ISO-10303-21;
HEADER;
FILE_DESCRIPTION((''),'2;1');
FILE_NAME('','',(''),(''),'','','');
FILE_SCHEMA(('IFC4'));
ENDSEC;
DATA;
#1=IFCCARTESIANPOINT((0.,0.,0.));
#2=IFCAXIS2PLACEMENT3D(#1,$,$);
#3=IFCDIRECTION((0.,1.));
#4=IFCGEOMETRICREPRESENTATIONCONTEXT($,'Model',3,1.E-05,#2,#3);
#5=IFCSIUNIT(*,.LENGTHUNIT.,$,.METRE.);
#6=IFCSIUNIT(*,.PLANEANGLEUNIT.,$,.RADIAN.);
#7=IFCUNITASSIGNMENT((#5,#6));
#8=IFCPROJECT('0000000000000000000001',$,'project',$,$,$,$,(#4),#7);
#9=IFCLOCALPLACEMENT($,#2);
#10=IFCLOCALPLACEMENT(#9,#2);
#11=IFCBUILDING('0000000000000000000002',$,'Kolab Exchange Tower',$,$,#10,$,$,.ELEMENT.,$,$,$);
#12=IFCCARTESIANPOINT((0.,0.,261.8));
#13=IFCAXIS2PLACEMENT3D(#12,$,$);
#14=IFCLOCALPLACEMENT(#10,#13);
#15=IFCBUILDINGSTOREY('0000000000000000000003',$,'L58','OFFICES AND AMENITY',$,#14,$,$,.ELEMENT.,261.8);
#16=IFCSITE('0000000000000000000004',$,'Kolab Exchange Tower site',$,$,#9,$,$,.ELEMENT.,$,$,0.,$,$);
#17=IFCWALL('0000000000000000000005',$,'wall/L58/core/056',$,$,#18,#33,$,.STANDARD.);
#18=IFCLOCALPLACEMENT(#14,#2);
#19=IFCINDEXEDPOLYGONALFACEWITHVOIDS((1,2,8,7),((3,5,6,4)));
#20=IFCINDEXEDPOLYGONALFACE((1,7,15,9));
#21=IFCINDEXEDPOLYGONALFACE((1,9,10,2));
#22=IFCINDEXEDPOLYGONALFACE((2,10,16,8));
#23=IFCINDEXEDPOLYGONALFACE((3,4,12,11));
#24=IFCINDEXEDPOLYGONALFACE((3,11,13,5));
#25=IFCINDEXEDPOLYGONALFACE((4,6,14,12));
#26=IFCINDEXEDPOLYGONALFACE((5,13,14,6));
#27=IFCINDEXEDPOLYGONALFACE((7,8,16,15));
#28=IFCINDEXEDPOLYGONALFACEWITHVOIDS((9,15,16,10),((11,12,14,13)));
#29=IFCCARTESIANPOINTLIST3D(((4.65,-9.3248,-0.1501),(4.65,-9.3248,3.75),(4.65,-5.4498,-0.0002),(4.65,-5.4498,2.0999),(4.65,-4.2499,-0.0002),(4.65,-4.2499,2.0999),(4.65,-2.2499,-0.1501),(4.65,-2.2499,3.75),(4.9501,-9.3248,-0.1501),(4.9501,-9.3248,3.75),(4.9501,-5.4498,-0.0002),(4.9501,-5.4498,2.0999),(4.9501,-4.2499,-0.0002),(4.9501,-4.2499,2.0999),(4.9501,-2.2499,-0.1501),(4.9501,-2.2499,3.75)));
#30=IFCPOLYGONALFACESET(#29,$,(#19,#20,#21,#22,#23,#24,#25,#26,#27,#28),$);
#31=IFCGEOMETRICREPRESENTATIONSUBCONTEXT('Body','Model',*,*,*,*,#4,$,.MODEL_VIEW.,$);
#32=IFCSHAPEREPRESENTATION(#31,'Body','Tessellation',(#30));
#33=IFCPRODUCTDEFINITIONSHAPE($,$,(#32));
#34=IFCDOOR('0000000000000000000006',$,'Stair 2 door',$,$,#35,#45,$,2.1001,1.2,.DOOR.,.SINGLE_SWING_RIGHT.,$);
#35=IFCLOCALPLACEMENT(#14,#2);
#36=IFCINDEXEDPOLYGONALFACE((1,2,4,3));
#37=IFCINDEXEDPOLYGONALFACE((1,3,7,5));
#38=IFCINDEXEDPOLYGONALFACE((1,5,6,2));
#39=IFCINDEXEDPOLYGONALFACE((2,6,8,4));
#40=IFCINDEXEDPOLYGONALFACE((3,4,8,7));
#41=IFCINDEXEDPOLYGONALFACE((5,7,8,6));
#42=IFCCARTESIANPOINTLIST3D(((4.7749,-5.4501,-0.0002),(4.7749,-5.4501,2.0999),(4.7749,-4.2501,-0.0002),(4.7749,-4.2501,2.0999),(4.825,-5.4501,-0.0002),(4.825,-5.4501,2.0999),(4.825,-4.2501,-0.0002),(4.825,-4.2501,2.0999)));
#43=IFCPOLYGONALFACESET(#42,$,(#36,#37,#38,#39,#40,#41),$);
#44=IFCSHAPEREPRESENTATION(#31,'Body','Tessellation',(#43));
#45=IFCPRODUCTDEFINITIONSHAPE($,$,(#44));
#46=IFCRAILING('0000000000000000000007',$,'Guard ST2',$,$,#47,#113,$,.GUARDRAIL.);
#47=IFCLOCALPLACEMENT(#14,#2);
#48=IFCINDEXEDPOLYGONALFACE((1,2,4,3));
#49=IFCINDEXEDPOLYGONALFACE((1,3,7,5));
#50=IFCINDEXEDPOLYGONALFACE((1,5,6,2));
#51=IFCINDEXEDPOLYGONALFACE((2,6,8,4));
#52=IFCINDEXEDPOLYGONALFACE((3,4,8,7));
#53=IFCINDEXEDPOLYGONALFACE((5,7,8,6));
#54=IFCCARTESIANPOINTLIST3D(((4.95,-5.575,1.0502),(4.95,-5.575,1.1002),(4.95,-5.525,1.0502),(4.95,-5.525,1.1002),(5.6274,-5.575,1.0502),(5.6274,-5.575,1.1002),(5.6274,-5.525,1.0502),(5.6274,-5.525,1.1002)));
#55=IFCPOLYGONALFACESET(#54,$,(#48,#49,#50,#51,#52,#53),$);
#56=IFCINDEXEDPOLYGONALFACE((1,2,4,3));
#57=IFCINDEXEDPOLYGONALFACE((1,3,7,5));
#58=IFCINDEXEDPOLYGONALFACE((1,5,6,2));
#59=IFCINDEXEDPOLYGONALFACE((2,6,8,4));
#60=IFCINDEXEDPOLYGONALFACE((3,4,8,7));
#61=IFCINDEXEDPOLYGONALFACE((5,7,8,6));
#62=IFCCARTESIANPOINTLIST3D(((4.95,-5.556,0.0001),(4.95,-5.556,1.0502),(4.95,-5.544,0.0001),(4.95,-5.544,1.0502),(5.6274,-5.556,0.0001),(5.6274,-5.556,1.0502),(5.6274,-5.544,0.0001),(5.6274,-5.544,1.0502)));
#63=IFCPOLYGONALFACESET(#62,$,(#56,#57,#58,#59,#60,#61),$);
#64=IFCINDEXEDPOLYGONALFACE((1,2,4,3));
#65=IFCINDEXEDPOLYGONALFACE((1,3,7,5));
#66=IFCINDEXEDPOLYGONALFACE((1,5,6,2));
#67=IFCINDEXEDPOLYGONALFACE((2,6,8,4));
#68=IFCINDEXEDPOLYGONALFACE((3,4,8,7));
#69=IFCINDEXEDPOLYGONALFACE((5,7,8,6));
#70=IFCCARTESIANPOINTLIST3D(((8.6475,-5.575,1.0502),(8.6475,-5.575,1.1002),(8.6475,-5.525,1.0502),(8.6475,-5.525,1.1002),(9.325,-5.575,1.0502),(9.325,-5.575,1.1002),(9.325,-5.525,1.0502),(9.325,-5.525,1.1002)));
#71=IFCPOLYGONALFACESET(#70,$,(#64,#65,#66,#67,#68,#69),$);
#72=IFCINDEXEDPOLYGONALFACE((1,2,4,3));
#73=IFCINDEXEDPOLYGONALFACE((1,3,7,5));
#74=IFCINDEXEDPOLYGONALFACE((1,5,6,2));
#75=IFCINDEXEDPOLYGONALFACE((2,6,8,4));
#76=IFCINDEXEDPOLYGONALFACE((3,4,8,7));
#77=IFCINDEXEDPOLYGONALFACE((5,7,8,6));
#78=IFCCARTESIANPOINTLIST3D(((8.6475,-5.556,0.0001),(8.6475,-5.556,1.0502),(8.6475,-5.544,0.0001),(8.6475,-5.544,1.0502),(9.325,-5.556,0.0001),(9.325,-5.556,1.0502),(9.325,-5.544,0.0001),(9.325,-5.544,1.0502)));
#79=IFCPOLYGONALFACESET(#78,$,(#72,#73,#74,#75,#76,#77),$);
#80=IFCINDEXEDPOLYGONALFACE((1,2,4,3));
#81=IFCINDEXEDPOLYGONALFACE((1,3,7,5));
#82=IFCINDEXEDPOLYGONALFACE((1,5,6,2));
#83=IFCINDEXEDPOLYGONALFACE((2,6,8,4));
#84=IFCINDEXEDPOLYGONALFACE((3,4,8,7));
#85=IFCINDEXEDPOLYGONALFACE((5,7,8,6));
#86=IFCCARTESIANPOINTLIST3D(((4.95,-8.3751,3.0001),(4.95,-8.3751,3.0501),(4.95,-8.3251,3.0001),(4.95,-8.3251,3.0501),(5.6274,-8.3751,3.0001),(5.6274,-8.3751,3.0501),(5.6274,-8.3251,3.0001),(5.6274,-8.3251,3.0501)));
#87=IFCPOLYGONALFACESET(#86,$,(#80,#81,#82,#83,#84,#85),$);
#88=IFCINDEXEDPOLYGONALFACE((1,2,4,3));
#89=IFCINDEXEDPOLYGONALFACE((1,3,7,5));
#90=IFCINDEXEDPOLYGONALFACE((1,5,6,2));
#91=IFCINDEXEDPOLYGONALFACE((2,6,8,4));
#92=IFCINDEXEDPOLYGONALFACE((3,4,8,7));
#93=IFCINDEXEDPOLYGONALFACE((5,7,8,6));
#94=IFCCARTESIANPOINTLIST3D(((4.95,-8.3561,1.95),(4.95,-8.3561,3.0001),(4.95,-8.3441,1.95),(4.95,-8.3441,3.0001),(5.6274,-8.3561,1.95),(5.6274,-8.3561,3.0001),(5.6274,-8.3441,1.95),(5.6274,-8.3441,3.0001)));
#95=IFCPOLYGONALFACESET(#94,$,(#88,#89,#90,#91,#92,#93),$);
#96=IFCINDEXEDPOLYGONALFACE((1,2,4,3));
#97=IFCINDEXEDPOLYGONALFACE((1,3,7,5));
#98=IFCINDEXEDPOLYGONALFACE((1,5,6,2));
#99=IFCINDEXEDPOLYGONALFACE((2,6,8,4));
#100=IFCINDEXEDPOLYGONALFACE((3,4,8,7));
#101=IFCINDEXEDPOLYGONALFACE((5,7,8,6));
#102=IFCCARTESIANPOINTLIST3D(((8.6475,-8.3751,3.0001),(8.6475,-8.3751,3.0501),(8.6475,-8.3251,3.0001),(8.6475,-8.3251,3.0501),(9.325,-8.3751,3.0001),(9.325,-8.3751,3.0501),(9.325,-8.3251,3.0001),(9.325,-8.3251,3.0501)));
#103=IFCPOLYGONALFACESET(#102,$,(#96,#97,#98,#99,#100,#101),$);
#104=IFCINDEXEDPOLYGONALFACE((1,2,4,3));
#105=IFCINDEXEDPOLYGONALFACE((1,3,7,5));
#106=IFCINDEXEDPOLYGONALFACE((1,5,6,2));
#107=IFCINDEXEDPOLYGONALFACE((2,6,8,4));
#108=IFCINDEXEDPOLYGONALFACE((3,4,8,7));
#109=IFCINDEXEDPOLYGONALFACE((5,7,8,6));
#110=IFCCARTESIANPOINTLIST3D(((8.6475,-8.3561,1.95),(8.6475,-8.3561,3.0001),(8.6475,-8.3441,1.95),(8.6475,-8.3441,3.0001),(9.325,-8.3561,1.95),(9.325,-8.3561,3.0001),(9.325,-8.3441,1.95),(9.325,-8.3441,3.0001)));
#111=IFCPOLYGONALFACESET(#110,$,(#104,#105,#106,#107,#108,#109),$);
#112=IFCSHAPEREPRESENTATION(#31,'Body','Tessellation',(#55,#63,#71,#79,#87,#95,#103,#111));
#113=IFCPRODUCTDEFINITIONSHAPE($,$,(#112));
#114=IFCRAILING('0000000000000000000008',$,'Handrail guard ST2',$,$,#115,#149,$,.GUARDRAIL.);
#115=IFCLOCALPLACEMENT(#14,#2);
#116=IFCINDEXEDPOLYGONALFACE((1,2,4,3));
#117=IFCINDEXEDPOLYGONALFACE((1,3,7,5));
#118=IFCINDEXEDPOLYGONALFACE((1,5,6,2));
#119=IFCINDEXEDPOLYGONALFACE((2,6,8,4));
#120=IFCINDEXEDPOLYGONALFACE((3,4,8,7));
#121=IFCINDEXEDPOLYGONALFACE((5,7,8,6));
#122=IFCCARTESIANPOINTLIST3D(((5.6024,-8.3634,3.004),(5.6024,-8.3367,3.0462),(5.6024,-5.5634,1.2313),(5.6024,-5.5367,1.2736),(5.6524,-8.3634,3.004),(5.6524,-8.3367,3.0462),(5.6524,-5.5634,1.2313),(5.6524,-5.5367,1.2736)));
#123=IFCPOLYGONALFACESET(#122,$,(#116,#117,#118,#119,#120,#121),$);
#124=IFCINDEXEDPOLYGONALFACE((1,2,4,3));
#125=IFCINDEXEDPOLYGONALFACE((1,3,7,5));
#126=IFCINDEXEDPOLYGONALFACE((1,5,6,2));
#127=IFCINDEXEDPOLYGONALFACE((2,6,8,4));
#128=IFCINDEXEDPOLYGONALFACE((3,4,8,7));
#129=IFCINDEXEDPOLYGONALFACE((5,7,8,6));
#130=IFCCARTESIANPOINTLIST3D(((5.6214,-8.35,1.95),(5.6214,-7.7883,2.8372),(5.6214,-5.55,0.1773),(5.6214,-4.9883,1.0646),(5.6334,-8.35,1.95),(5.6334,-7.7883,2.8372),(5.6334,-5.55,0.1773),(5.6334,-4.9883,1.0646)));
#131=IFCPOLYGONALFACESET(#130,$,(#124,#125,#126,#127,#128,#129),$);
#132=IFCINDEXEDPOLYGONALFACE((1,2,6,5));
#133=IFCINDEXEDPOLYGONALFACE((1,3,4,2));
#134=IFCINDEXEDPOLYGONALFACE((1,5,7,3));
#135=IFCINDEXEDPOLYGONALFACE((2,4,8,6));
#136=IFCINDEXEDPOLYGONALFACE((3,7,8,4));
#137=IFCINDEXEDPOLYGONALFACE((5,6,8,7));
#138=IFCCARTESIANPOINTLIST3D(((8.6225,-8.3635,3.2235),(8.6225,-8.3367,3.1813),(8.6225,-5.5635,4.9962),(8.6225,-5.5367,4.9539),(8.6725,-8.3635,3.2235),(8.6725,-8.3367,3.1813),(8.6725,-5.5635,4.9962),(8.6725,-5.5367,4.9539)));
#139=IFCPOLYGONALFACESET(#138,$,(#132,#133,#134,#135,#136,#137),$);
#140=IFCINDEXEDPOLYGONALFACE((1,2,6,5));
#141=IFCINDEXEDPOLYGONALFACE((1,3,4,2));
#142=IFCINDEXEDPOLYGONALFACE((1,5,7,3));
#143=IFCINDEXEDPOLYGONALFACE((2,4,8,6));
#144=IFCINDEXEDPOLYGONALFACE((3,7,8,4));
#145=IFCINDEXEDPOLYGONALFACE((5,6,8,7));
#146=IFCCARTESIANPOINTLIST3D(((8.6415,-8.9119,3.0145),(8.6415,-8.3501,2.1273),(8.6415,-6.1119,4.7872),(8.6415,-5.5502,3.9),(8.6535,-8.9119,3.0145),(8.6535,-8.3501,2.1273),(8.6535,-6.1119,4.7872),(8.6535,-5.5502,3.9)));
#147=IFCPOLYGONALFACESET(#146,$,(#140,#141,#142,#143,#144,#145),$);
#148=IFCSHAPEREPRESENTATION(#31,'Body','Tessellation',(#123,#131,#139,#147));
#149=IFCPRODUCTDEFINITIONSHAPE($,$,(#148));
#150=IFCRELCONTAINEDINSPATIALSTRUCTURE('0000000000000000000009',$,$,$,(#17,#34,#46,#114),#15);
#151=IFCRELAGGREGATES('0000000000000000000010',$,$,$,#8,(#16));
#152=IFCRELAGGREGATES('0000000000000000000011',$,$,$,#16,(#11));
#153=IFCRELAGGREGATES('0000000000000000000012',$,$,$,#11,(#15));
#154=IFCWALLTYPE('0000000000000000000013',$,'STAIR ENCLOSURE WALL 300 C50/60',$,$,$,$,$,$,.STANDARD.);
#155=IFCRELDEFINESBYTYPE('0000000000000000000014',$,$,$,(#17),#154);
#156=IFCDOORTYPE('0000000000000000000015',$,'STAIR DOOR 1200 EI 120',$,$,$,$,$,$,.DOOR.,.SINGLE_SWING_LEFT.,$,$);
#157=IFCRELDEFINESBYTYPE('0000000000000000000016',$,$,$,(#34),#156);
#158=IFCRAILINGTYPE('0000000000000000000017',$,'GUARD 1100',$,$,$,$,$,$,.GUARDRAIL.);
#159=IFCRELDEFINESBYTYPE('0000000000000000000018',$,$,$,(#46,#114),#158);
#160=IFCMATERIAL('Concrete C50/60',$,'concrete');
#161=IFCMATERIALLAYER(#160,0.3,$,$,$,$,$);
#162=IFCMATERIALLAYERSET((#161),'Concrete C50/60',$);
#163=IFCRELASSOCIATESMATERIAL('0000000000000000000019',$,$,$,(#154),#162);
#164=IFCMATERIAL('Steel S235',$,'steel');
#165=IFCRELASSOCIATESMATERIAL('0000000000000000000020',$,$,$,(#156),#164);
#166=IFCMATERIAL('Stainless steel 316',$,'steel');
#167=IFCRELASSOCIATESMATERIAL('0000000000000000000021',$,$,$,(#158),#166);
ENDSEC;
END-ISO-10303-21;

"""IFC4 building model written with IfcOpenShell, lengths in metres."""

from ifc_helpers import new_model, si_unit, direction, frame, frame_2d, origin, origin_2d, place, context, subcontext, project, spatial, rectangle, extrude, material, layer, layer_set, type_object, element, fill, save


model = new_model("IFC4")

# Units and contexts
model_context = context("Model", 3, precision=1e-05, world=origin(), true_north=direction((0.0, 1.0)))
body_context = subcontext(model_context, "Body", "Model", "MODEL_VIEW")
ifc_project = project(units=[si_unit("LENGTHUNIT", "METRE"), si_unit("PLANEANGLEUNIT", "RADIAN")], contexts=[model_context])

# Site, building, storey
site_placement = place(None, origin())
site = spatial("IfcSite", under=ifc_project, at=site_placement, Name="Kolab Exchange Tower site", CompositionType="ELEMENT", RefElevation=0.0)
building_placement = place(site_placement, origin())
building = spatial("IfcBuilding", under=site, at=building_placement, Name="Kolab Exchange Tower", CompositionType="ELEMENT")
storey_placement = place(building_placement, frame((0.0, 0.0, 261.8)))
storey = spatial("IfcBuildingStorey", under=building, at=storey_placement, Name="L58", Description="OFFICES AND AMENITY", CompositionType="ELEMENT", Elevation=261.8)

# Shared definitions
ifc_material_1 = material(Name="Concrete C50/60", Category="concrete")
ifc_material_2 = material(Name="Stainless steel 316", Category="steel")

# Shared definitions
ifc_material_3 = material(Name="Steel S235", Category="steel")

# Shared definitions
ifc_layer_1 = layer(ifc_material_1, 0.3)
ifc_layer_set_1 = layer_set([ifc_layer_1], Name="Concrete C50/60")
wall_type_1 = type_object("IfcWallType", Name="STAIR ENCLOSURE WALL 300 C50/60", PredefinedType="STANDARD", material=ifc_layer_set_1)

# Wall, opening, door
wall_1_placement = place(storey_placement, frame((4.8, -9.325, -0.1501), z_axis=(0.0, 0.0, 1.0), x_axis=(0.0, 1.0, 0.0)))
wall_1 = element("IfcWall", 1, at=wall_1_placement, inside=storey, type_object=wall_type_1, Name="wall/L58/core/056", PredefinedType="STANDARD", context=body_context, shape_type="SweptSolid", body=[
    extrude(rectangle(XDim=7.075, YDim=0.3, at=frame_2d((3.5376, 0.0))), origin(), (0.0, 0.0, 1.0), 3.9001),
])
opening_1_placement = place(wall_1_placement, frame((3.875, 0.0, 0.1499)))
opening_1 = element("IfcOpeningElement", 2, at=opening_1_placement, cuts=wall_1, PredefinedType="OPENING", context=body_context, shape_type="SweptSolid", body=[
    extrude(rectangle(XDim=1.2, YDim=2.1001, at=frame_2d((0.6001, 1.05))), frame((0.0, 0.1602, 0.0), z_axis=(0.0, -1.0, 0.0), x_axis=(1.0, 0.0, 0.0)), (0.0, 0.0, 1.0), 0.3201),
])
door_type_1 = type_object("IfcDoorType", Name="STAIR DOOR 1200 EI 120", OperationType="SINGLE_SWING_LEFT", PredefinedType="DOOR", material=ifc_material_3)
door_1_placement = place(opening_1_placement, frame((1.2, 0.0, 0.0), z_axis=(0.0, 0.0, 1.0), x_axis=(-1.0, 0.0, 0.0)))
door_1 = element("IfcDoor", 3, at=door_1_placement, inside=storey, type_object=door_type_1, Name="Stair 2 door", OperationType="SINGLE_SWING_RIGHT", OverallHeight=2.1001, OverallWidth=1.2, PredefinedType="DOOR", context=body_context, shape_type="SweptSolid", body=[
    extrude(rectangle(XDim=1.2, YDim=2.1001, at=frame_2d((0.6001, 1.05))), frame((0.0, 0.0249, 0.0), z_axis=(0.0, -1.0, 0.0), x_axis=(1.0, 0.0, 0.0)), (0.0, 0.0, 1.0), 0.05),
])
fill(opening_1, door_1)

# Railings
railing_type = type_object("IfcRailingType", Name="GUARD 1100", PredefinedType="GUARDRAIL", material=ifc_material_2)
railing_1_placement = place(storey_placement, frame((4.95, -5.55, 0.0)))
element("IfcRailing", 4, at=railing_1_placement, inside=storey, type_object=railing_type, Name="Guard ST2", PredefinedType="GUARDRAIL", context=body_context, shape_type="SweptSolid", body=[
    extrude(rectangle(XDim=0.05, YDim=0.05, at=origin_2d()), frame((0.0, 0.0, 1.0752), z_axis=(1.0, 0.0, 0.0), x_axis=(0.0, 1.0, 0.0)), (0.0, 0.0, 1.0), 0.6775),
    extrude(rectangle(XDim=0.012, YDim=1.0501, at=frame_2d((0.0, 0.5251))), frame((0.0, 0.0, 0.0), z_axis=(1.0, 0.0, 0.0), x_axis=(0.0, 1.0, 0.0)), (0.0, 0.0, 1.0), 0.6775),
    extrude(rectangle(XDim=0.05, YDim=0.05, at=origin_2d()), frame((3.6975, 0.0, 1.0752), z_axis=(1.0, 0.0, 0.0), x_axis=(0.0, 1.0, 0.0)), (0.0, 0.0, 1.0), 0.6775),
    extrude(rectangle(XDim=0.012, YDim=1.0501, at=frame_2d((0.0, 0.5251))), frame((3.6975, 0.0, 0.0), z_axis=(1.0, 0.0, 0.0), x_axis=(0.0, 1.0, 0.0)), (0.0, 0.0, 1.0), 0.6775),
    extrude(rectangle(XDim=0.05, YDim=0.05, at=origin_2d()), frame((0.0, -2.8, 3.0251), z_axis=(1.0, 0.0, 0.0), x_axis=(0.0, 1.0, 0.0)), (0.0, 0.0, 1.0), 0.6775),
    extrude(rectangle(XDim=0.012, YDim=1.0501, at=frame_2d((0.0, 0.5251))), frame((0.0, -2.8, 1.95), z_axis=(1.0, 0.0, 0.0), x_axis=(0.0, 1.0, 0.0)), (0.0, 0.0, 1.0), 0.6775),
    extrude(rectangle(XDim=0.05, YDim=0.05, at=origin_2d()), frame((3.6975, -2.8, 3.0251), z_axis=(1.0, 0.0, 0.0), x_axis=(0.0, 1.0, 0.0)), (0.0, 0.0, 1.0), 0.6775),
    extrude(rectangle(XDim=0.012, YDim=1.0501, at=frame_2d((0.0, 0.5251))), frame((3.6975, -2.8, 1.95), z_axis=(1.0, 0.0, 0.0), x_axis=(0.0, 1.0, 0.0)), (0.0, 0.0, 1.0), 0.6775),
])
railing_2_placement = place(storey_placement, frame((5.6274, -5.55, 0.1772)))
element("IfcRailing", 5, at=railing_2_placement, inside=storey, type_object=railing_type, Name="Handrail guard ST2", PredefinedType="GUARDRAIL", context=body_context, shape_type="SweptSolid", body=[
    extrude(rectangle(XDim=0.05, YDim=0.05, at=origin_2d()), frame((0.0, 0.0, 1.0752), z_axis=(0.0, -0.844909, 0.53491), x_axis=(1.0, 0.0, 0.0)), (0.0, 0.0, 1.0), 3.314),
    extrude(rectangle(XDim=0.012, YDim=1.0501, at=frame_2d((0.0, 0.5251))), frame((0.0, 0.0, 0.0), z_axis=(0.0, -0.844909, 0.53491), x_axis=(1.0, 0.0, 0.0)), (0.0, 0.0, 1.0), 3.314),
    extrude(rectangle(XDim=0.05, YDim=0.05, at=origin_2d()), frame((3.02, -2.8, 3.0251), z_axis=(0.0, 0.844909, 0.53491), x_axis=(-1.0, 0.0, 0.0)), (0.0, 0.0, 1.0), 3.314),
    extrude(rectangle(XDim=0.012, YDim=1.0501, at=frame_2d((0.0, 0.5251))), frame((3.02, -2.8, 1.95), z_axis=(0.0, 0.844909, 0.53491), x_axis=(-1.0, 0.0, 0.0)), (0.0, 0.0, 1.0), 3.314),
])

save(model, "model.ifc")
